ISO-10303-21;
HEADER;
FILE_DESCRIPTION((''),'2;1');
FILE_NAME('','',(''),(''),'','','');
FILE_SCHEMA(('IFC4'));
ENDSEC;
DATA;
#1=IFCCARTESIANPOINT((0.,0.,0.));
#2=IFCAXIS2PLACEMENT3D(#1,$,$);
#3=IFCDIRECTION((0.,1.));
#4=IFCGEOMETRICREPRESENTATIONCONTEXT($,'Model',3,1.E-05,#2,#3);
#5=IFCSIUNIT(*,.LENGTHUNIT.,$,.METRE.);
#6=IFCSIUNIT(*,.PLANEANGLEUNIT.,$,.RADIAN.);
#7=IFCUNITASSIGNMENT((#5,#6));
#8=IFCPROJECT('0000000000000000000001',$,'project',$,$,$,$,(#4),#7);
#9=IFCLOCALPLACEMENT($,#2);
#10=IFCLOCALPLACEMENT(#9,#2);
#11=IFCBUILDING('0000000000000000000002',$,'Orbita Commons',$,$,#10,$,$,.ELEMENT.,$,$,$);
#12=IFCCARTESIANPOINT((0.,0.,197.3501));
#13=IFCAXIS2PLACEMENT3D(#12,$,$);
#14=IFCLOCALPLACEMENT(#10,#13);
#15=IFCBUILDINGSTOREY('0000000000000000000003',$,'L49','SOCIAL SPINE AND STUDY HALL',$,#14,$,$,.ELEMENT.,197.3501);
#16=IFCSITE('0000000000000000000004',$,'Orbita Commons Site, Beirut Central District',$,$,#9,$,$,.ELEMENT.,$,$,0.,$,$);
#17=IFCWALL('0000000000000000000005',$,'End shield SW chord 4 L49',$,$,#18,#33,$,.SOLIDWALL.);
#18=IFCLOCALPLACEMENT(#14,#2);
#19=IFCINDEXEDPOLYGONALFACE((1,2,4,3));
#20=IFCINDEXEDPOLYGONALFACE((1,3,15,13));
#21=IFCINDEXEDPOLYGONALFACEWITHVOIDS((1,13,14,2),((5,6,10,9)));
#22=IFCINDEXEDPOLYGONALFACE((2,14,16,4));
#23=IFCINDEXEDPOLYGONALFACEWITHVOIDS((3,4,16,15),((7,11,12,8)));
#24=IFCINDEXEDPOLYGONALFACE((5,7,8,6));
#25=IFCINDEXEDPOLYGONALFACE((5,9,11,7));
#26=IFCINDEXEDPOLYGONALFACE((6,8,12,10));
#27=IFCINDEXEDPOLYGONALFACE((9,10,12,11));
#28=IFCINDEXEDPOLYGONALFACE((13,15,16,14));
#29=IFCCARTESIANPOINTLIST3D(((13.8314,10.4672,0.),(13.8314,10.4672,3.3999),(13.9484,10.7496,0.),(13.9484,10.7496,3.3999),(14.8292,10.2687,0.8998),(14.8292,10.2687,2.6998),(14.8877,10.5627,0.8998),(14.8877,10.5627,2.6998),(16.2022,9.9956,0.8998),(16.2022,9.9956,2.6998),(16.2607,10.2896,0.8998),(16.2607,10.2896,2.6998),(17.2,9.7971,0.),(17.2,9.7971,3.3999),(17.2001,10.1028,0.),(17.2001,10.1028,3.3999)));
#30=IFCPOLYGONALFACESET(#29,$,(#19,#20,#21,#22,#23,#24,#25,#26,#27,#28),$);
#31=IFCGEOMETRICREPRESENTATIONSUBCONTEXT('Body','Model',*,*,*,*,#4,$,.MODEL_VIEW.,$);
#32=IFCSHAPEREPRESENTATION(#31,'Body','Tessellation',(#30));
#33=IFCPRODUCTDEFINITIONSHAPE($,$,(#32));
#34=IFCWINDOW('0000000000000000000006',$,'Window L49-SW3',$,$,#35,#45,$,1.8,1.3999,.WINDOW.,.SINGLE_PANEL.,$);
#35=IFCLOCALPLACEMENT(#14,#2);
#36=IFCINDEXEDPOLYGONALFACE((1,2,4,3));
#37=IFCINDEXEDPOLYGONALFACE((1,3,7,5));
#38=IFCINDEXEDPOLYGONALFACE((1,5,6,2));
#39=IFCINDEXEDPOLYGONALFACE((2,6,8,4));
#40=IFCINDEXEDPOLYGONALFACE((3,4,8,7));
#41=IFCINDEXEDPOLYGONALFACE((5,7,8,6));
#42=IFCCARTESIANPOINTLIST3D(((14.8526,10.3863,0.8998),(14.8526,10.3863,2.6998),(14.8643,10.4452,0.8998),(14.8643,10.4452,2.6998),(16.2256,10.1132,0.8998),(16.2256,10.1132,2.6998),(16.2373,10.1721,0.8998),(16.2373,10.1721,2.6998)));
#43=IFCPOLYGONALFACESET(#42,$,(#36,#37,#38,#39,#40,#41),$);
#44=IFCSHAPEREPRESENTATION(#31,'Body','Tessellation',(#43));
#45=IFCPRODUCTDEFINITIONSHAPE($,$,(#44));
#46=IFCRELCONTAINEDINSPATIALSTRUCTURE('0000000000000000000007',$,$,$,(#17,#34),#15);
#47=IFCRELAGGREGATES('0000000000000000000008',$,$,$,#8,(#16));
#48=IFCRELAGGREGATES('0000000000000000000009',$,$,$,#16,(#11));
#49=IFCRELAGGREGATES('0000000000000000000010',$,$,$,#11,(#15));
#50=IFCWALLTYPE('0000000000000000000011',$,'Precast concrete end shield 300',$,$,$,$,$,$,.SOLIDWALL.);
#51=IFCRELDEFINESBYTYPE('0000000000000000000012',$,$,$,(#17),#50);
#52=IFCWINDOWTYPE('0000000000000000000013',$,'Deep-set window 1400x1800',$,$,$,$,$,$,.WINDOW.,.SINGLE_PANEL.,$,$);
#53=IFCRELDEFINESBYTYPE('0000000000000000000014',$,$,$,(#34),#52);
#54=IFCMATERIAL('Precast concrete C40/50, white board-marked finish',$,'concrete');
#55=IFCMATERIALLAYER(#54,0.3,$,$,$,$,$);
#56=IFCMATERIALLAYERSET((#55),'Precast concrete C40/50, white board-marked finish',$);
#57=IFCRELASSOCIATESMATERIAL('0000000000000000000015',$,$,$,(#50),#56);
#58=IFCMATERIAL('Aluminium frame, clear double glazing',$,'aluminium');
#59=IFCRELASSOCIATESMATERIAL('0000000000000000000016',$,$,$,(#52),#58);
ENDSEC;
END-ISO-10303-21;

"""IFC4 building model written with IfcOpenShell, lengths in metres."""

from ifc_helpers import new_model, si_unit, direction, frame, frame_2d, origin, place, context, subcontext, project, spatial, polyline, rectangle, outline, extrude, material, layer, layer_set, type_object, element, fill, save


model = new_model("IFC4")

# Units and contexts
model_context = context("Model", 3, precision=1e-05, world=origin(), true_north=direction((0.0, 1.0)))
body_context = subcontext(model_context, "Body", "Model", "MODEL_VIEW")
ifc_project = project(units=[si_unit("LENGTHUNIT", "METRE"), si_unit("PLANEANGLEUNIT", "RADIAN")], contexts=[model_context])

# Site, building, storey
site_placement = place(None, origin())
site = spatial("IfcSite", under=ifc_project, at=site_placement, Name="Orbita Commons Site, Beirut Central District", CompositionType="ELEMENT", RefElevation=0.0)
building_placement = place(site_placement, origin())
building = spatial("IfcBuilding", under=site, at=building_placement, Name="Orbita Commons", CompositionType="ELEMENT")
storey_placement = place(building_placement, frame((0.0, 0.0, 197.3501)))
storey = spatial("IfcBuildingStorey", under=building, at=storey_placement, Name="L49", Description="SOCIAL SPINE AND STUDY HALL", CompositionType="ELEMENT", Elevation=197.3501)

# Wall, opening, window
ifc_material_1 = material(Name="Precast concrete C40/50, white board-marked finish", Category="concrete")
ifc_layer_1 = layer(ifc_material_1, 0.3)
ifc_layer_set_1 = layer_set([ifc_layer_1], Name="Precast concrete C40/50, white board-marked finish")
wall_type_1 = type_object("IfcWallType", Name="Precast concrete end shield 300", PredefinedType="SOLIDWALL", material=ifc_layer_set_1)
ifc_material_2 = material(Name="Aluminium frame, clear double glazing", Category="aluminium")
window_type = type_object("IfcWindowType", Name="Deep-set window 1400x1800", PartitioningType="SINGLE_PANEL", PredefinedType="WINDOW", material=ifc_material_2)
wall_1_placement = place(storey_placement, frame((13.8899, 10.6084, 0.0), z_axis=(0.0, 0.0, 1.0), x_axis=(0.980783, -0.1951, 0.0)))
wall_1 = element("IfcWall", 1, at=wall_1_placement, inside=storey, type_object=wall_type_1, Name="End shield SW chord 4 L49", PredefinedType="SOLIDWALL", context=body_context, shape_type="SweptSolid", body=[
    extrude(outline(polyline([(-0.0298, -0.1499), (3.4048, -0.1499), (3.3452, 0.1499), (0.0298, 0.1499), (-0.0298, -0.1499)])), origin(), (0.0, 0.0, 1.0), 3.3999),
])
opening_1_placement = place(wall_1_placement, frame((0.9875, 0.0, 0.8999)))
opening_1 = element("IfcOpeningElement", 2, at=opening_1_placement, cuts=wall_1, PredefinedType="OPENING", context=body_context, shape_type="SweptSolid", body=[
    extrude(rectangle(XDim=1.3999, YDim=1.8, at=frame_2d((0.7, 0.8999))), frame((0.0, 0.1599, 0.0), z_axis=(0.0, -1.0, 0.0), x_axis=(1.0, 0.0, 0.0)), (0.0, 0.0, 1.0), 0.3201),
])
window_1_placement = place(opening_1_placement, origin())
window_1 = element("IfcWindow", 3, at=window_1_placement, inside=storey, type_object=window_type, Name="Window L49-SW3", OverallHeight=1.8, OverallWidth=1.3999, PartitioningType="SINGLE_PANEL", PredefinedType="WINDOW", context=body_context, shape_type="SweptSolid", body=[
    extrude(rectangle(XDim=1.3999, YDim=1.8, at=frame_2d((0.7, 0.8999))), frame((0.0, 0.03, 0.0), z_axis=(0.0, -1.0, 0.0), x_axis=(1.0, 0.0, 0.0)), (0.0, 0.0, 1.0), 0.0601),
])
fill(opening_1, window_1)

save(model, "model.ifc")
